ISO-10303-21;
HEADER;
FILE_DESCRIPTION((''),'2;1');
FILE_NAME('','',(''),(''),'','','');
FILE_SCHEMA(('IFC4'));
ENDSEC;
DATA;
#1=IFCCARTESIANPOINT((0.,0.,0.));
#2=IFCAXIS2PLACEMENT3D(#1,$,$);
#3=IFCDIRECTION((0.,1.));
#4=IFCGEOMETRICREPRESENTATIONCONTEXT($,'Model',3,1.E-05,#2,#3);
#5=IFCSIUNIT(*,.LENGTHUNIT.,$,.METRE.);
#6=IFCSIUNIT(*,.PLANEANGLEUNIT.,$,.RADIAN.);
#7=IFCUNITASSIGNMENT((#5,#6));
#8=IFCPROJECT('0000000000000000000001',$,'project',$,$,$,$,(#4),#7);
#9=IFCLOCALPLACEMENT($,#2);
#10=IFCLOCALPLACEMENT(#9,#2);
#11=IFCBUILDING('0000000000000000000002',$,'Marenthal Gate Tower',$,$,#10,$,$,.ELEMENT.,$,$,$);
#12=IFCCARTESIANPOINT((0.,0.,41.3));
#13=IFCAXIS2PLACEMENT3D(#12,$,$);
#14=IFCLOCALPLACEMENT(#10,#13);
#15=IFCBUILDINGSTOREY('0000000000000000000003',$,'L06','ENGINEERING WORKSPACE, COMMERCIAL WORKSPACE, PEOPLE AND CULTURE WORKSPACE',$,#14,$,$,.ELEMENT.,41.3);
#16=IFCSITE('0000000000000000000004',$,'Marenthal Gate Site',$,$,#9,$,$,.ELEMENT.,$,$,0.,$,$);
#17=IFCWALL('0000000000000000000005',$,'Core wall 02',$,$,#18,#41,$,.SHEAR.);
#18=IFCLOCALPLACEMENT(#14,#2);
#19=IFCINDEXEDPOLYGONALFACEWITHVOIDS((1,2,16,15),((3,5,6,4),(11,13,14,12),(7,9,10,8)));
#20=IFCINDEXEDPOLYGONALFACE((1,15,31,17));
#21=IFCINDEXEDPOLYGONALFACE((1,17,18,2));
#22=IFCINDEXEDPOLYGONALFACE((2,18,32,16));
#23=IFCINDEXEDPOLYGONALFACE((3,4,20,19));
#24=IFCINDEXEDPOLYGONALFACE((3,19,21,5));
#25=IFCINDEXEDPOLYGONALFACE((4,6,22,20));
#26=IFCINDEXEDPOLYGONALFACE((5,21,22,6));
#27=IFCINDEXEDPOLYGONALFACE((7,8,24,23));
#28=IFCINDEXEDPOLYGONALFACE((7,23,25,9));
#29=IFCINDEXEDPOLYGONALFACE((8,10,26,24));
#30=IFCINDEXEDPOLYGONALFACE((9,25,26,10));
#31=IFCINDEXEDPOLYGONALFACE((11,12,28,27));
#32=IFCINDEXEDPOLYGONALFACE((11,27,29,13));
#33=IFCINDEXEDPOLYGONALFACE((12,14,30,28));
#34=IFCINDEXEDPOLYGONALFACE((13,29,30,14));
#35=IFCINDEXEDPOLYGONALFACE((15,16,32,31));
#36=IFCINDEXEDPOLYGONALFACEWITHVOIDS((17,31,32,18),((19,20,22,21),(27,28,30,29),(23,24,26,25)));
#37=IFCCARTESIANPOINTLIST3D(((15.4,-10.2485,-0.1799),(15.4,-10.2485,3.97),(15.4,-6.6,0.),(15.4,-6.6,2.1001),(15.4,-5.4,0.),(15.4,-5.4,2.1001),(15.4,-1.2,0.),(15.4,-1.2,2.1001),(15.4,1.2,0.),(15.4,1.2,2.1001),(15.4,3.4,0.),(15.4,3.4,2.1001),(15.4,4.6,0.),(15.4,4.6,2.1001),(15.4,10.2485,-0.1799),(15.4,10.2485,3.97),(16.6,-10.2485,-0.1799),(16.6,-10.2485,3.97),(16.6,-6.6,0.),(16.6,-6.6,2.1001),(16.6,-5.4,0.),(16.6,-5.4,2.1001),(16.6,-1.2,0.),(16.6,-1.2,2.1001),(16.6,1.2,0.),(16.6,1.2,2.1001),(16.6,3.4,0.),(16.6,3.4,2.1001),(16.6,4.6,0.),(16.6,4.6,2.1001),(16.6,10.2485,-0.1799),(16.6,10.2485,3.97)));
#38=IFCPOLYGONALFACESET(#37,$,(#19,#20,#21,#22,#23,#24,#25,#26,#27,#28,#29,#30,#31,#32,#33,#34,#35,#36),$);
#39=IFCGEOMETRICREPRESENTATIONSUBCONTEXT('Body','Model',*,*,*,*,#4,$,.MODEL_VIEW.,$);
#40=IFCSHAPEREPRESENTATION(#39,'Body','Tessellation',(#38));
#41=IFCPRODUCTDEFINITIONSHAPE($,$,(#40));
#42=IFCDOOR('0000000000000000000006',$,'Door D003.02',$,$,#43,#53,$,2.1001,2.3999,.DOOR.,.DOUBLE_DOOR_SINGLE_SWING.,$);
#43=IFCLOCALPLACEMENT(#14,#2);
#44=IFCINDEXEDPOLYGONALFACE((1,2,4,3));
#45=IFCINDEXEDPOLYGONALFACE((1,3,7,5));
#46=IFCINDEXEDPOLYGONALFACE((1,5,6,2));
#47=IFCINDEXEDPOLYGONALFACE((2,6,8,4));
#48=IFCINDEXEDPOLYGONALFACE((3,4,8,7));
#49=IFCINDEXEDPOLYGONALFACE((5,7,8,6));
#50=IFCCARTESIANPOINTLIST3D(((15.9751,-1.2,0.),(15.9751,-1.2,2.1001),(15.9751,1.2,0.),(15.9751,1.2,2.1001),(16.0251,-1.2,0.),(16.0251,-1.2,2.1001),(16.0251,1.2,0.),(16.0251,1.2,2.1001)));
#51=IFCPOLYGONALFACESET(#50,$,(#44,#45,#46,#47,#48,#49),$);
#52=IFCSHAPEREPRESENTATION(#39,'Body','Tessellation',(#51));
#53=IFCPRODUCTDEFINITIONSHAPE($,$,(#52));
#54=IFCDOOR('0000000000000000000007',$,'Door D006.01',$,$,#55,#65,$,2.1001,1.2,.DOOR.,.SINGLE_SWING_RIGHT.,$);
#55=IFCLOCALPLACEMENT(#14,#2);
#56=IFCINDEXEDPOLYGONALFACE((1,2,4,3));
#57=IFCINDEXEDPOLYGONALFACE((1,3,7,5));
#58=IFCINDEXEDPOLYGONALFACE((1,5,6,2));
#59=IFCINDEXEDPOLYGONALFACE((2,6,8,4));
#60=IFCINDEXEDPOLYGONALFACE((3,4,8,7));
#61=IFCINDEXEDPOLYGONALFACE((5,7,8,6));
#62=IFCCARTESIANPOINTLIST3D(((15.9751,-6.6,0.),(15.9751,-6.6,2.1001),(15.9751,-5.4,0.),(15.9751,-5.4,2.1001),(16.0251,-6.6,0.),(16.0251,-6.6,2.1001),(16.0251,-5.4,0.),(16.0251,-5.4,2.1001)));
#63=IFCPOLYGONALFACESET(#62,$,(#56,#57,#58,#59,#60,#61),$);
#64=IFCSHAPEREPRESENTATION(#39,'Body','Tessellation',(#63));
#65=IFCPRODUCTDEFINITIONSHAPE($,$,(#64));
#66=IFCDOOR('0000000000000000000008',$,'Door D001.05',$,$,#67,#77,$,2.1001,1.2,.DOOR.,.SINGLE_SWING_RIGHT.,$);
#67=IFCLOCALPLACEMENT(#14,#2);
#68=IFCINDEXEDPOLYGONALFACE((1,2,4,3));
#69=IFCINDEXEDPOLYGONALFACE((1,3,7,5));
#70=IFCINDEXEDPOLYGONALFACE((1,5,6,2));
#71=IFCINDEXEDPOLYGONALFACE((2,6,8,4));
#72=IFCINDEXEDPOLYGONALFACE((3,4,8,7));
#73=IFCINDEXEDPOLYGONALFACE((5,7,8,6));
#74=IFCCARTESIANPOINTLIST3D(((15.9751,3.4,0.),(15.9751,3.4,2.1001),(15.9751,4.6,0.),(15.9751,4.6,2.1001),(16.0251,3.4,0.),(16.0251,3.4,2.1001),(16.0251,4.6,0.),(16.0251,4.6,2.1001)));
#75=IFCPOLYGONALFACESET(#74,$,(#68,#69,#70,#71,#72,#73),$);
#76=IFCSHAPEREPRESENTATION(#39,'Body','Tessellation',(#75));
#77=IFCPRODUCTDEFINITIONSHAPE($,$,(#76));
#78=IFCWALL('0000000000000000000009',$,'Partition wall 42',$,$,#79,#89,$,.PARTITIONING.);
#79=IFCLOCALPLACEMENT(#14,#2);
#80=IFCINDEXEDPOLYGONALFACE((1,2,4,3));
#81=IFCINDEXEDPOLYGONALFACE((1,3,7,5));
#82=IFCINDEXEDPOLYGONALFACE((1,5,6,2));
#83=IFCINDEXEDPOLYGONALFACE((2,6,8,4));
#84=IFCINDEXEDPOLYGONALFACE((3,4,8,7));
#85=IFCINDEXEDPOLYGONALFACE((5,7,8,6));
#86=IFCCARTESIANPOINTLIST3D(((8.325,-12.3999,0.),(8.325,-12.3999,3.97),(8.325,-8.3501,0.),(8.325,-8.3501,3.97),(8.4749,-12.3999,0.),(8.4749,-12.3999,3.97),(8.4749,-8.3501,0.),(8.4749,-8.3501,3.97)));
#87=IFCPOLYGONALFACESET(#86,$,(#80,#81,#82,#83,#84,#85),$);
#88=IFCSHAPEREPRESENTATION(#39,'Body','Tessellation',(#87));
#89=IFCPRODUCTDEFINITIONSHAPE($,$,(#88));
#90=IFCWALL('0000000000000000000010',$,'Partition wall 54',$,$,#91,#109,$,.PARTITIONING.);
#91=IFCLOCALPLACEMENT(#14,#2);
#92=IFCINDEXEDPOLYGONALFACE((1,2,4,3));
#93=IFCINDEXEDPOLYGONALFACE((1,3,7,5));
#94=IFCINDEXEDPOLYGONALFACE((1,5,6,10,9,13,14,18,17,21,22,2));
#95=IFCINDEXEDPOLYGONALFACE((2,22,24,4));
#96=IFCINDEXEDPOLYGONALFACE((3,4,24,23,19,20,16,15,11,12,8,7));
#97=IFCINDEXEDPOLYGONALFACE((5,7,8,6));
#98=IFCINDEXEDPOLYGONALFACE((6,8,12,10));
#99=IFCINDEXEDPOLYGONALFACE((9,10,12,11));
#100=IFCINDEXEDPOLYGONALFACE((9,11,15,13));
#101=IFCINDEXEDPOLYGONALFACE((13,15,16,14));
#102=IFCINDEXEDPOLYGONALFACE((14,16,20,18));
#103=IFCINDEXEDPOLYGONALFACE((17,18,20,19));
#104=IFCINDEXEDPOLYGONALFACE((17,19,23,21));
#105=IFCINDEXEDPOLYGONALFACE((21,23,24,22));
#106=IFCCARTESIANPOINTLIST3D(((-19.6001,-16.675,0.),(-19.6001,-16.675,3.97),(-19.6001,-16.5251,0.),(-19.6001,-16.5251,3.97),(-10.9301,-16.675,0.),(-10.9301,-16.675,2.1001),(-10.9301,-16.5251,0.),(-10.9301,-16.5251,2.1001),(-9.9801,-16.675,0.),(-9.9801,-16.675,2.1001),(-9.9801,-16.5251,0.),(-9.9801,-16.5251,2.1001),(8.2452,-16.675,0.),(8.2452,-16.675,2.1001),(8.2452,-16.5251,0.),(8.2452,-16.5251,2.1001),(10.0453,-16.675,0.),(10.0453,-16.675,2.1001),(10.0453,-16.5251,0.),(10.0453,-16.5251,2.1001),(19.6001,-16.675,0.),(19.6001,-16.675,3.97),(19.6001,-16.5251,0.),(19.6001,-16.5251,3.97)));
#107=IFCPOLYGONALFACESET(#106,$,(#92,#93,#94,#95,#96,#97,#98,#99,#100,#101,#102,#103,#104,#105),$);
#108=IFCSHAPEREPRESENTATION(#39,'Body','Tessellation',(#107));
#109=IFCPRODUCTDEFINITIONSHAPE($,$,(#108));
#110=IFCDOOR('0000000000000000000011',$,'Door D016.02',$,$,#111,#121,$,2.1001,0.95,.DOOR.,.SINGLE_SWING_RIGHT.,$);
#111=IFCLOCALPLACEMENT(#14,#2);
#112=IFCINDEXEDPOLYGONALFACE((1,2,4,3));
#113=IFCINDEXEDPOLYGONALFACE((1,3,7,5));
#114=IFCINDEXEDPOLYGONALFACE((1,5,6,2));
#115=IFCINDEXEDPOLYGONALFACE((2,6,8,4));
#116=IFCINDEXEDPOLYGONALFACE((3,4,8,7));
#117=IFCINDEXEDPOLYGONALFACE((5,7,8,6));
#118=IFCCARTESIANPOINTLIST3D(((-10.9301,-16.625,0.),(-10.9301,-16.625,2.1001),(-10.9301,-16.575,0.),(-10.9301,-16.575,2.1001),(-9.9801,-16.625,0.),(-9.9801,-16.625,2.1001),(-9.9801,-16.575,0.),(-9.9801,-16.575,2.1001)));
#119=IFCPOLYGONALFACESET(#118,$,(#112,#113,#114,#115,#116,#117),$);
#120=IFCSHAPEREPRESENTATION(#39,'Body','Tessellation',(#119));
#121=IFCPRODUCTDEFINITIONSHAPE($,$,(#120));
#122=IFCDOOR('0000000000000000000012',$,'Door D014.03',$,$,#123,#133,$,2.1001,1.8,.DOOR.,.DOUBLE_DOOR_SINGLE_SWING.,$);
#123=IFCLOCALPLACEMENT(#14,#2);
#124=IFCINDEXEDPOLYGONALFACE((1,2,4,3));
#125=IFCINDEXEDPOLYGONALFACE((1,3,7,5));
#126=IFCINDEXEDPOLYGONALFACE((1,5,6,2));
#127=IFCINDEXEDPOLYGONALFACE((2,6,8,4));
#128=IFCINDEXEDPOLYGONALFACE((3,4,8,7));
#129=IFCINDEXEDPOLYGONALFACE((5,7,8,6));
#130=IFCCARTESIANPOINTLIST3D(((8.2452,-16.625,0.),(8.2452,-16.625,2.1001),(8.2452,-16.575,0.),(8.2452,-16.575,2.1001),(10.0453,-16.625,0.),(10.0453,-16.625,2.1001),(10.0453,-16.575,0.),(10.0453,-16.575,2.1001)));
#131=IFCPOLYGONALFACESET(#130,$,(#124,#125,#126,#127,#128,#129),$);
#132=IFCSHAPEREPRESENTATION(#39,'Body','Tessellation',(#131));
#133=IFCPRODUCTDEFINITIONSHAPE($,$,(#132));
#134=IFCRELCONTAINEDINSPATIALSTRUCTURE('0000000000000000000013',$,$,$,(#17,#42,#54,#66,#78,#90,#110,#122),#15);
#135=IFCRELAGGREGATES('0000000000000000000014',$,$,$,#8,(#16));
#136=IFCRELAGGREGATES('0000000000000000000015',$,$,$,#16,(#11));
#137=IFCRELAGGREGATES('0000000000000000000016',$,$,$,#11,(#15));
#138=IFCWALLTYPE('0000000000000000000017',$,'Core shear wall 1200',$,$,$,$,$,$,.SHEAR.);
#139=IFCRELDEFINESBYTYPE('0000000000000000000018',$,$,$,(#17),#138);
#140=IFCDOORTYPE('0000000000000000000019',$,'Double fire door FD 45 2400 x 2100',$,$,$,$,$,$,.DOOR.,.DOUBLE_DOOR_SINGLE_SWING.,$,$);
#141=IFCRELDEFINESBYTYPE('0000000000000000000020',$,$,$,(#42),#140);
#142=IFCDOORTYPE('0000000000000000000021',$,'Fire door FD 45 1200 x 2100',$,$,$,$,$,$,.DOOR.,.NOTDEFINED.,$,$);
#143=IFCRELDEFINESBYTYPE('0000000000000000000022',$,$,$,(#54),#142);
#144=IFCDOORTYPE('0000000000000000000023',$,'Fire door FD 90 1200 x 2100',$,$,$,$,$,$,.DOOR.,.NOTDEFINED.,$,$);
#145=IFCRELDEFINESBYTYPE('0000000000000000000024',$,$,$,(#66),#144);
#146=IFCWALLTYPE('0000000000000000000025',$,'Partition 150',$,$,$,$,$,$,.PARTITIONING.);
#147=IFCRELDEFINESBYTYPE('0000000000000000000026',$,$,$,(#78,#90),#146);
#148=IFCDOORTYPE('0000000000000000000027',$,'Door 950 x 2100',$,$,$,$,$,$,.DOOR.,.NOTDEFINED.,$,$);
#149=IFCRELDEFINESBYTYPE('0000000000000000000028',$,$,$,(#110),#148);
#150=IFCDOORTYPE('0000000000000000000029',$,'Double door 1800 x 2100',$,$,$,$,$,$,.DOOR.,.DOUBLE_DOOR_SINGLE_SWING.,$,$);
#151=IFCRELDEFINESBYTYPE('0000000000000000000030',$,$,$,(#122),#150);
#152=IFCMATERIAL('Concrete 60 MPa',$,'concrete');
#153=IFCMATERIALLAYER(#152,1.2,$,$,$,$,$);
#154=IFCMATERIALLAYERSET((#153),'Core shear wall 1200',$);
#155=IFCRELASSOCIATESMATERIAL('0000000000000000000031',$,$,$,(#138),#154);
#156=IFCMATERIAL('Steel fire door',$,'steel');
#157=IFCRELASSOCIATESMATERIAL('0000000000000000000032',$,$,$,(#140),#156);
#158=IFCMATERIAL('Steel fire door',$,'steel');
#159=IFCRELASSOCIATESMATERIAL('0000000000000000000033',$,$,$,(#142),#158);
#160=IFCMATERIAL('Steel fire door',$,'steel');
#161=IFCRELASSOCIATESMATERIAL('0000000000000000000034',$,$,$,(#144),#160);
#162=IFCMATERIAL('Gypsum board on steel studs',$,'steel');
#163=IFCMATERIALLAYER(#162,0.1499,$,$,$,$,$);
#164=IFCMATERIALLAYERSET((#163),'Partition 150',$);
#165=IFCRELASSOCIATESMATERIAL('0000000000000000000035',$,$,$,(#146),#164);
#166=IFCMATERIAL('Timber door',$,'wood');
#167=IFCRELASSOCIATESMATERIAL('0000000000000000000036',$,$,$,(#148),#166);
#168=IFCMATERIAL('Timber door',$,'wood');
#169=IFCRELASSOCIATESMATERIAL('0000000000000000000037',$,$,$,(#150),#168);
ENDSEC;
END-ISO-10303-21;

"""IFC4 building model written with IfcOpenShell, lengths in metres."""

from ifc_helpers import new_model, si_unit, direction, frame, frame_2d, origin, place, context, subcontext, project, spatial, rectangle, extrude, material, layer, layer_set, type_object, element, fill, save


model = new_model("IFC4")

# Units and contexts
model_context = context("Model", 3, precision=1e-05, world=origin(), true_north=direction((0.0, 1.0)))
body_context = subcontext(model_context, "Body", "Model", "MODEL_VIEW")
ifc_project = project(units=[si_unit("LENGTHUNIT", "METRE"), si_unit("PLANEANGLEUNIT", "RADIAN")], contexts=[model_context])

# Site, building, storey
site_placement = place(None, origin())
site = spatial("IfcSite", under=ifc_project, at=site_placement, Name="Marenthal Gate Site", CompositionType="ELEMENT", RefElevation=0.0)
building_placement = place(site_placement, origin())
building = spatial("IfcBuilding", under=site, at=building_placement, Name="Marenthal Gate Tower", CompositionType="ELEMENT")
storey_placement = place(building_placement, frame((0.0, 0.0, 41.3)))
storey = spatial("IfcBuildingStorey", under=building, at=storey_placement, Name="L06", Description="ENGINEERING WORKSPACE, COMMERCIAL WORKSPACE, PEOPLE AND CULTURE WORKSPACE", CompositionType="ELEMENT", Elevation=41.3)

# Shared definitions
ifc_material_1 = material(Name="Concrete 60 MPa", Category="concrete")
ifc_layer_1 = layer(ifc_material_1, 1.2)
ifc_layer_set_1 = layer_set([ifc_layer_1], Name="Core shear wall 1200")
wall_type_1 = type_object("IfcWallType", Name="Core shear wall 1200", PredefinedType="SHEAR", material=ifc_layer_set_1)

# Wall, openings, doors
wall_1_placement = place(storey_placement, frame((16.0, -10.2485, -0.1799), z_axis=(0.0, 0.0, 1.0), x_axis=(0.0, 1.0, 0.0)))
wall_1 = element("IfcWall", 1, at=wall_1_placement, inside=storey, type_object=wall_type_1, Name="Core wall 02", PredefinedType="SHEAR", context=body_context, shape_type="SweptSolid", body=[
    extrude(rectangle(XDim=20.4971, YDim=1.2, at=frame_2d((10.2485, 0.0))), origin(), (0.0, 0.0, 1.0), 4.1499),
])
opening_1_placement = place(wall_1_placement, frame((9.0486, 0.0, 0.1799)))
opening_1 = element("IfcOpeningElement", 2, at=opening_1_placement, cuts=wall_1, PredefinedType="OPENING", context=body_context, shape_type="SweptSolid", body=[
    extrude(rectangle(XDim=2.3999, YDim=2.1001, at=frame_2d((1.2, 1.05))), frame((0.0, 0.6099, 0.0), z_axis=(0.0, -1.0, 0.0), x_axis=(1.0, 0.0, 0.0)), (0.0, 0.0, 1.0), 1.22),
])
opening_2_placement = place(wall_1_placement, frame((13.6484, 0.0, 0.1799)))
opening_2 = element("IfcOpeningElement", 3, at=opening_2_placement, cuts=wall_1, PredefinedType="OPENING", context=body_context, shape_type="SweptSolid", body=[
    extrude(rectangle(XDim=1.2, YDim=2.1001, at=frame_2d((0.6001, 1.05))), frame((0.0, 0.6099, 0.0), z_axis=(0.0, -1.0, 0.0), x_axis=(1.0, 0.0, 0.0)), (0.0, 0.0, 1.0), 1.22),
])
opening_3_placement = place(wall_1_placement, frame((3.6484, 0.0, 0.1799)))
opening_3 = element("IfcOpeningElement", 4, at=opening_3_placement, cuts=wall_1, PredefinedType="OPENING", context=body_context, shape_type="SweptSolid", body=[
    extrude(rectangle(XDim=1.2, YDim=2.1001, at=frame_2d((0.6001, 1.05))), frame((0.0, 0.6099, 0.0), z_axis=(0.0, -1.0, 0.0), x_axis=(1.0, 0.0, 0.0)), (0.0, 0.0, 1.0), 1.22),
])
ifc_material_2 = material(Name="Steel fire door", Category="steel")
door_type_1 = type_object("IfcDoorType", Name="Double fire door FD 45 2400 x 2100", OperationType="DOUBLE_DOOR_SINGLE_SWING", PredefinedType="DOOR", material=ifc_material_2)
door_1_placement = place(opening_1_placement, origin())
door_1 = element("IfcDoor", 5, at=door_1_placement, inside=storey, type_object=door_type_1, Name="Door D003.02", OperationType="DOUBLE_DOOR_SINGLE_SWING", OverallHeight=2.1001, OverallWidth=2.3999, PredefinedType="DOOR", context=body_context, shape_type="SweptSolid", body=[
    extrude(rectangle(XDim=2.3999, YDim=2.1001, at=frame_2d((1.2, 1.05))), frame((0.0, 0.0249, 0.0), z_axis=(0.0, -1.0, 0.0), x_axis=(1.0, 0.0, 0.0)), (0.0, 0.0, 1.0), 0.05),
])
fill(opening_1, door_1)
ifc_material_3 = material(Name="Steel fire door", Category="steel")
door_type_2 = type_object("IfcDoorType", Name="Fire door FD 45 1200 x 2100", OperationType="NOTDEFINED", PredefinedType="DOOR", material=ifc_material_3)
door_2_placement = place(opening_3_placement, origin())
door_2 = element("IfcDoor", 6, at=door_2_placement, inside=storey, type_object=door_type_2, Name="Door D006.01", OperationType="SINGLE_SWING_RIGHT", OverallHeight=2.1001, OverallWidth=1.2, PredefinedType="DOOR", context=body_context, shape_type="SweptSolid", body=[
    extrude(rectangle(XDim=1.2, YDim=2.1001, at=frame_2d((0.6001, 1.05))), frame((0.0, 0.0249, 0.0), z_axis=(0.0, -1.0, 0.0), x_axis=(1.0, 0.0, 0.0)), (0.0, 0.0, 1.0), 0.05),
])
fill(opening_3, door_2)
ifc_material_4 = material(Name="Steel fire door", Category="steel")
door_type_3 = type_object("IfcDoorType", Name="Fire door FD 90 1200 x 2100", OperationType="NOTDEFINED", PredefinedType="DOOR", material=ifc_material_4)
door_3_placement = place(opening_2_placement, origin())
door_3 = element("IfcDoor", 7, at=door_3_placement, inside=storey, type_object=door_type_3, Name="Door D001.05", OperationType="SINGLE_SWING_RIGHT", OverallHeight=2.1001, OverallWidth=1.2, PredefinedType="DOOR", context=body_context, shape_type="SweptSolid", body=[
    extrude(rectangle(XDim=1.2, YDim=2.1001, at=frame_2d((0.6001, 1.05))), frame((0.0, 0.0249, 0.0), z_axis=(0.0, -1.0, 0.0), x_axis=(1.0, 0.0, 0.0)), (0.0, 0.0, 1.0), 0.05),
])
fill(opening_2, door_3)

# Wall
ifc_material_5 = material(Name="Gypsum board on steel studs", Category="steel")
ifc_layer_2 = layer(ifc_material_5, 0.1499)
ifc_layer_set_2 = layer_set([ifc_layer_2], Name="Partition 150")
wall_type_2 = type_object("IfcWallType", Name="Partition 150", PredefinedType="PARTITIONING", material=ifc_layer_set_2)
wall_2_placement = place(storey_placement, frame((8.3999, -12.3999, 0.0), z_axis=(0.0, 0.0, 1.0), x_axis=(0.0, 1.0, 0.0)))
element("IfcWall", 8, at=wall_2_placement, inside=storey, type_object=wall_type_2, Name="Partition wall 42", PredefinedType="PARTITIONING", context=body_context, shape_type="SweptSolid", body=[
    extrude(rectangle(XDim=4.0498, YDim=0.1499, at=frame_2d((2.0249, 0.0))), origin(), (0.0, 0.0, 1.0), 3.97),
])

# Wall, openings, doors
wall_3_placement = place(storey_placement, frame((19.6001, -16.6001, 0.0), z_axis=(0.0, 0.0, 1.0), x_axis=(-1.0, 0.0, 0.0)))
wall_3 = element("IfcWall", 9, at=wall_3_placement, inside=storey, type_object=wall_type_2, Name="Partition wall 54", PredefinedType="PARTITIONING", context=body_context, shape_type="SweptSolid", body=[
    extrude(rectangle(XDim=39.2002, YDim=0.1499, at=frame_2d((19.6001, 0.0))), origin(), (0.0, 0.0, 1.0), 3.97),
])
opening_4_placement = place(wall_3_placement, frame((29.5801, 0.0, 0.0)))
opening_4 = element("IfcOpeningElement", 10, at=opening_4_placement, cuts=wall_3, PredefinedType="OPENING", context=body_context, shape_type="SweptSolid", body=[
    extrude(rectangle(XDim=0.95, YDim=2.1001, at=frame_2d((0.4751, 1.05))), frame((0.0, 0.085, 0.0), z_axis=(0.0, -1.0, 0.0), x_axis=(1.0, 0.0, 0.0)), (0.0, 0.0, 1.0), 0.1699),
])
opening_5_placement = place(wall_3_placement, frame((9.5549, 0.0, 0.0)))
opening_5 = element("IfcOpeningElement", 11, at=opening_5_placement, cuts=wall_3, PredefinedType="OPENING", context=body_context, shape_type="SweptSolid", body=[
    extrude(rectangle(XDim=1.8, YDim=2.1001, at=frame_2d((0.8999, 1.05))), frame((0.0, 0.085, 0.0), z_axis=(0.0, -1.0, 0.0), x_axis=(1.0, 0.0, 0.0)), (0.0, 0.0, 1.0), 0.1699),
])
ifc_material_6 = material(Name="Timber door", Category="wood")
door_type_4 = type_object("IfcDoorType", Name="Door 950 x 2100", OperationType="NOTDEFINED", PredefinedType="DOOR", material=ifc_material_6)
door_4_placement = place(opening_4_placement, origin())
door_4 = element("IfcDoor", 12, at=door_4_placement, inside=storey, type_object=door_type_4, Name="Door D016.02", OperationType="SINGLE_SWING_RIGHT", OverallHeight=2.1001, OverallWidth=0.95, PredefinedType="DOOR", context=body_context, shape_type="SweptSolid", body=[
    extrude(rectangle(XDim=0.95, YDim=2.1001, at=frame_2d((0.4751, 1.05))), frame((0.0, 0.0249, 0.0), z_axis=(0.0, -1.0, 0.0), x_axis=(1.0, 0.0, 0.0)), (0.0, 0.0, 1.0), 0.05),
])
fill(opening_4, door_4)
ifc_material_7 = material(Name="Timber door", Category="wood")
door_type_5 = type_object("IfcDoorType", Name="Double door 1800 x 2100", OperationType="DOUBLE_DOOR_SINGLE_SWING", PredefinedType="DOOR", material=ifc_material_7)
door_5_placement = place(opening_5_placement, origin())
door_5 = element("IfcDoor", 13, at=door_5_placement, inside=storey, type_object=door_type_5, Name="Door D014.03", OperationType="DOUBLE_DOOR_SINGLE_SWING", OverallHeight=2.1001, OverallWidth=1.8, PredefinedType="DOOR", context=body_context, shape_type="SweptSolid", body=[
    extrude(rectangle(XDim=1.8, YDim=2.1001, at=frame_2d((0.8999, 1.05))), frame((0.0, 0.0249, 0.0), z_axis=(0.0, -1.0, 0.0), x_axis=(1.0, 0.0, 0.0)), (0.0, 0.0, 1.0), 0.05),
])
fill(opening_5, door_5)

save(model, "model.ifc")
